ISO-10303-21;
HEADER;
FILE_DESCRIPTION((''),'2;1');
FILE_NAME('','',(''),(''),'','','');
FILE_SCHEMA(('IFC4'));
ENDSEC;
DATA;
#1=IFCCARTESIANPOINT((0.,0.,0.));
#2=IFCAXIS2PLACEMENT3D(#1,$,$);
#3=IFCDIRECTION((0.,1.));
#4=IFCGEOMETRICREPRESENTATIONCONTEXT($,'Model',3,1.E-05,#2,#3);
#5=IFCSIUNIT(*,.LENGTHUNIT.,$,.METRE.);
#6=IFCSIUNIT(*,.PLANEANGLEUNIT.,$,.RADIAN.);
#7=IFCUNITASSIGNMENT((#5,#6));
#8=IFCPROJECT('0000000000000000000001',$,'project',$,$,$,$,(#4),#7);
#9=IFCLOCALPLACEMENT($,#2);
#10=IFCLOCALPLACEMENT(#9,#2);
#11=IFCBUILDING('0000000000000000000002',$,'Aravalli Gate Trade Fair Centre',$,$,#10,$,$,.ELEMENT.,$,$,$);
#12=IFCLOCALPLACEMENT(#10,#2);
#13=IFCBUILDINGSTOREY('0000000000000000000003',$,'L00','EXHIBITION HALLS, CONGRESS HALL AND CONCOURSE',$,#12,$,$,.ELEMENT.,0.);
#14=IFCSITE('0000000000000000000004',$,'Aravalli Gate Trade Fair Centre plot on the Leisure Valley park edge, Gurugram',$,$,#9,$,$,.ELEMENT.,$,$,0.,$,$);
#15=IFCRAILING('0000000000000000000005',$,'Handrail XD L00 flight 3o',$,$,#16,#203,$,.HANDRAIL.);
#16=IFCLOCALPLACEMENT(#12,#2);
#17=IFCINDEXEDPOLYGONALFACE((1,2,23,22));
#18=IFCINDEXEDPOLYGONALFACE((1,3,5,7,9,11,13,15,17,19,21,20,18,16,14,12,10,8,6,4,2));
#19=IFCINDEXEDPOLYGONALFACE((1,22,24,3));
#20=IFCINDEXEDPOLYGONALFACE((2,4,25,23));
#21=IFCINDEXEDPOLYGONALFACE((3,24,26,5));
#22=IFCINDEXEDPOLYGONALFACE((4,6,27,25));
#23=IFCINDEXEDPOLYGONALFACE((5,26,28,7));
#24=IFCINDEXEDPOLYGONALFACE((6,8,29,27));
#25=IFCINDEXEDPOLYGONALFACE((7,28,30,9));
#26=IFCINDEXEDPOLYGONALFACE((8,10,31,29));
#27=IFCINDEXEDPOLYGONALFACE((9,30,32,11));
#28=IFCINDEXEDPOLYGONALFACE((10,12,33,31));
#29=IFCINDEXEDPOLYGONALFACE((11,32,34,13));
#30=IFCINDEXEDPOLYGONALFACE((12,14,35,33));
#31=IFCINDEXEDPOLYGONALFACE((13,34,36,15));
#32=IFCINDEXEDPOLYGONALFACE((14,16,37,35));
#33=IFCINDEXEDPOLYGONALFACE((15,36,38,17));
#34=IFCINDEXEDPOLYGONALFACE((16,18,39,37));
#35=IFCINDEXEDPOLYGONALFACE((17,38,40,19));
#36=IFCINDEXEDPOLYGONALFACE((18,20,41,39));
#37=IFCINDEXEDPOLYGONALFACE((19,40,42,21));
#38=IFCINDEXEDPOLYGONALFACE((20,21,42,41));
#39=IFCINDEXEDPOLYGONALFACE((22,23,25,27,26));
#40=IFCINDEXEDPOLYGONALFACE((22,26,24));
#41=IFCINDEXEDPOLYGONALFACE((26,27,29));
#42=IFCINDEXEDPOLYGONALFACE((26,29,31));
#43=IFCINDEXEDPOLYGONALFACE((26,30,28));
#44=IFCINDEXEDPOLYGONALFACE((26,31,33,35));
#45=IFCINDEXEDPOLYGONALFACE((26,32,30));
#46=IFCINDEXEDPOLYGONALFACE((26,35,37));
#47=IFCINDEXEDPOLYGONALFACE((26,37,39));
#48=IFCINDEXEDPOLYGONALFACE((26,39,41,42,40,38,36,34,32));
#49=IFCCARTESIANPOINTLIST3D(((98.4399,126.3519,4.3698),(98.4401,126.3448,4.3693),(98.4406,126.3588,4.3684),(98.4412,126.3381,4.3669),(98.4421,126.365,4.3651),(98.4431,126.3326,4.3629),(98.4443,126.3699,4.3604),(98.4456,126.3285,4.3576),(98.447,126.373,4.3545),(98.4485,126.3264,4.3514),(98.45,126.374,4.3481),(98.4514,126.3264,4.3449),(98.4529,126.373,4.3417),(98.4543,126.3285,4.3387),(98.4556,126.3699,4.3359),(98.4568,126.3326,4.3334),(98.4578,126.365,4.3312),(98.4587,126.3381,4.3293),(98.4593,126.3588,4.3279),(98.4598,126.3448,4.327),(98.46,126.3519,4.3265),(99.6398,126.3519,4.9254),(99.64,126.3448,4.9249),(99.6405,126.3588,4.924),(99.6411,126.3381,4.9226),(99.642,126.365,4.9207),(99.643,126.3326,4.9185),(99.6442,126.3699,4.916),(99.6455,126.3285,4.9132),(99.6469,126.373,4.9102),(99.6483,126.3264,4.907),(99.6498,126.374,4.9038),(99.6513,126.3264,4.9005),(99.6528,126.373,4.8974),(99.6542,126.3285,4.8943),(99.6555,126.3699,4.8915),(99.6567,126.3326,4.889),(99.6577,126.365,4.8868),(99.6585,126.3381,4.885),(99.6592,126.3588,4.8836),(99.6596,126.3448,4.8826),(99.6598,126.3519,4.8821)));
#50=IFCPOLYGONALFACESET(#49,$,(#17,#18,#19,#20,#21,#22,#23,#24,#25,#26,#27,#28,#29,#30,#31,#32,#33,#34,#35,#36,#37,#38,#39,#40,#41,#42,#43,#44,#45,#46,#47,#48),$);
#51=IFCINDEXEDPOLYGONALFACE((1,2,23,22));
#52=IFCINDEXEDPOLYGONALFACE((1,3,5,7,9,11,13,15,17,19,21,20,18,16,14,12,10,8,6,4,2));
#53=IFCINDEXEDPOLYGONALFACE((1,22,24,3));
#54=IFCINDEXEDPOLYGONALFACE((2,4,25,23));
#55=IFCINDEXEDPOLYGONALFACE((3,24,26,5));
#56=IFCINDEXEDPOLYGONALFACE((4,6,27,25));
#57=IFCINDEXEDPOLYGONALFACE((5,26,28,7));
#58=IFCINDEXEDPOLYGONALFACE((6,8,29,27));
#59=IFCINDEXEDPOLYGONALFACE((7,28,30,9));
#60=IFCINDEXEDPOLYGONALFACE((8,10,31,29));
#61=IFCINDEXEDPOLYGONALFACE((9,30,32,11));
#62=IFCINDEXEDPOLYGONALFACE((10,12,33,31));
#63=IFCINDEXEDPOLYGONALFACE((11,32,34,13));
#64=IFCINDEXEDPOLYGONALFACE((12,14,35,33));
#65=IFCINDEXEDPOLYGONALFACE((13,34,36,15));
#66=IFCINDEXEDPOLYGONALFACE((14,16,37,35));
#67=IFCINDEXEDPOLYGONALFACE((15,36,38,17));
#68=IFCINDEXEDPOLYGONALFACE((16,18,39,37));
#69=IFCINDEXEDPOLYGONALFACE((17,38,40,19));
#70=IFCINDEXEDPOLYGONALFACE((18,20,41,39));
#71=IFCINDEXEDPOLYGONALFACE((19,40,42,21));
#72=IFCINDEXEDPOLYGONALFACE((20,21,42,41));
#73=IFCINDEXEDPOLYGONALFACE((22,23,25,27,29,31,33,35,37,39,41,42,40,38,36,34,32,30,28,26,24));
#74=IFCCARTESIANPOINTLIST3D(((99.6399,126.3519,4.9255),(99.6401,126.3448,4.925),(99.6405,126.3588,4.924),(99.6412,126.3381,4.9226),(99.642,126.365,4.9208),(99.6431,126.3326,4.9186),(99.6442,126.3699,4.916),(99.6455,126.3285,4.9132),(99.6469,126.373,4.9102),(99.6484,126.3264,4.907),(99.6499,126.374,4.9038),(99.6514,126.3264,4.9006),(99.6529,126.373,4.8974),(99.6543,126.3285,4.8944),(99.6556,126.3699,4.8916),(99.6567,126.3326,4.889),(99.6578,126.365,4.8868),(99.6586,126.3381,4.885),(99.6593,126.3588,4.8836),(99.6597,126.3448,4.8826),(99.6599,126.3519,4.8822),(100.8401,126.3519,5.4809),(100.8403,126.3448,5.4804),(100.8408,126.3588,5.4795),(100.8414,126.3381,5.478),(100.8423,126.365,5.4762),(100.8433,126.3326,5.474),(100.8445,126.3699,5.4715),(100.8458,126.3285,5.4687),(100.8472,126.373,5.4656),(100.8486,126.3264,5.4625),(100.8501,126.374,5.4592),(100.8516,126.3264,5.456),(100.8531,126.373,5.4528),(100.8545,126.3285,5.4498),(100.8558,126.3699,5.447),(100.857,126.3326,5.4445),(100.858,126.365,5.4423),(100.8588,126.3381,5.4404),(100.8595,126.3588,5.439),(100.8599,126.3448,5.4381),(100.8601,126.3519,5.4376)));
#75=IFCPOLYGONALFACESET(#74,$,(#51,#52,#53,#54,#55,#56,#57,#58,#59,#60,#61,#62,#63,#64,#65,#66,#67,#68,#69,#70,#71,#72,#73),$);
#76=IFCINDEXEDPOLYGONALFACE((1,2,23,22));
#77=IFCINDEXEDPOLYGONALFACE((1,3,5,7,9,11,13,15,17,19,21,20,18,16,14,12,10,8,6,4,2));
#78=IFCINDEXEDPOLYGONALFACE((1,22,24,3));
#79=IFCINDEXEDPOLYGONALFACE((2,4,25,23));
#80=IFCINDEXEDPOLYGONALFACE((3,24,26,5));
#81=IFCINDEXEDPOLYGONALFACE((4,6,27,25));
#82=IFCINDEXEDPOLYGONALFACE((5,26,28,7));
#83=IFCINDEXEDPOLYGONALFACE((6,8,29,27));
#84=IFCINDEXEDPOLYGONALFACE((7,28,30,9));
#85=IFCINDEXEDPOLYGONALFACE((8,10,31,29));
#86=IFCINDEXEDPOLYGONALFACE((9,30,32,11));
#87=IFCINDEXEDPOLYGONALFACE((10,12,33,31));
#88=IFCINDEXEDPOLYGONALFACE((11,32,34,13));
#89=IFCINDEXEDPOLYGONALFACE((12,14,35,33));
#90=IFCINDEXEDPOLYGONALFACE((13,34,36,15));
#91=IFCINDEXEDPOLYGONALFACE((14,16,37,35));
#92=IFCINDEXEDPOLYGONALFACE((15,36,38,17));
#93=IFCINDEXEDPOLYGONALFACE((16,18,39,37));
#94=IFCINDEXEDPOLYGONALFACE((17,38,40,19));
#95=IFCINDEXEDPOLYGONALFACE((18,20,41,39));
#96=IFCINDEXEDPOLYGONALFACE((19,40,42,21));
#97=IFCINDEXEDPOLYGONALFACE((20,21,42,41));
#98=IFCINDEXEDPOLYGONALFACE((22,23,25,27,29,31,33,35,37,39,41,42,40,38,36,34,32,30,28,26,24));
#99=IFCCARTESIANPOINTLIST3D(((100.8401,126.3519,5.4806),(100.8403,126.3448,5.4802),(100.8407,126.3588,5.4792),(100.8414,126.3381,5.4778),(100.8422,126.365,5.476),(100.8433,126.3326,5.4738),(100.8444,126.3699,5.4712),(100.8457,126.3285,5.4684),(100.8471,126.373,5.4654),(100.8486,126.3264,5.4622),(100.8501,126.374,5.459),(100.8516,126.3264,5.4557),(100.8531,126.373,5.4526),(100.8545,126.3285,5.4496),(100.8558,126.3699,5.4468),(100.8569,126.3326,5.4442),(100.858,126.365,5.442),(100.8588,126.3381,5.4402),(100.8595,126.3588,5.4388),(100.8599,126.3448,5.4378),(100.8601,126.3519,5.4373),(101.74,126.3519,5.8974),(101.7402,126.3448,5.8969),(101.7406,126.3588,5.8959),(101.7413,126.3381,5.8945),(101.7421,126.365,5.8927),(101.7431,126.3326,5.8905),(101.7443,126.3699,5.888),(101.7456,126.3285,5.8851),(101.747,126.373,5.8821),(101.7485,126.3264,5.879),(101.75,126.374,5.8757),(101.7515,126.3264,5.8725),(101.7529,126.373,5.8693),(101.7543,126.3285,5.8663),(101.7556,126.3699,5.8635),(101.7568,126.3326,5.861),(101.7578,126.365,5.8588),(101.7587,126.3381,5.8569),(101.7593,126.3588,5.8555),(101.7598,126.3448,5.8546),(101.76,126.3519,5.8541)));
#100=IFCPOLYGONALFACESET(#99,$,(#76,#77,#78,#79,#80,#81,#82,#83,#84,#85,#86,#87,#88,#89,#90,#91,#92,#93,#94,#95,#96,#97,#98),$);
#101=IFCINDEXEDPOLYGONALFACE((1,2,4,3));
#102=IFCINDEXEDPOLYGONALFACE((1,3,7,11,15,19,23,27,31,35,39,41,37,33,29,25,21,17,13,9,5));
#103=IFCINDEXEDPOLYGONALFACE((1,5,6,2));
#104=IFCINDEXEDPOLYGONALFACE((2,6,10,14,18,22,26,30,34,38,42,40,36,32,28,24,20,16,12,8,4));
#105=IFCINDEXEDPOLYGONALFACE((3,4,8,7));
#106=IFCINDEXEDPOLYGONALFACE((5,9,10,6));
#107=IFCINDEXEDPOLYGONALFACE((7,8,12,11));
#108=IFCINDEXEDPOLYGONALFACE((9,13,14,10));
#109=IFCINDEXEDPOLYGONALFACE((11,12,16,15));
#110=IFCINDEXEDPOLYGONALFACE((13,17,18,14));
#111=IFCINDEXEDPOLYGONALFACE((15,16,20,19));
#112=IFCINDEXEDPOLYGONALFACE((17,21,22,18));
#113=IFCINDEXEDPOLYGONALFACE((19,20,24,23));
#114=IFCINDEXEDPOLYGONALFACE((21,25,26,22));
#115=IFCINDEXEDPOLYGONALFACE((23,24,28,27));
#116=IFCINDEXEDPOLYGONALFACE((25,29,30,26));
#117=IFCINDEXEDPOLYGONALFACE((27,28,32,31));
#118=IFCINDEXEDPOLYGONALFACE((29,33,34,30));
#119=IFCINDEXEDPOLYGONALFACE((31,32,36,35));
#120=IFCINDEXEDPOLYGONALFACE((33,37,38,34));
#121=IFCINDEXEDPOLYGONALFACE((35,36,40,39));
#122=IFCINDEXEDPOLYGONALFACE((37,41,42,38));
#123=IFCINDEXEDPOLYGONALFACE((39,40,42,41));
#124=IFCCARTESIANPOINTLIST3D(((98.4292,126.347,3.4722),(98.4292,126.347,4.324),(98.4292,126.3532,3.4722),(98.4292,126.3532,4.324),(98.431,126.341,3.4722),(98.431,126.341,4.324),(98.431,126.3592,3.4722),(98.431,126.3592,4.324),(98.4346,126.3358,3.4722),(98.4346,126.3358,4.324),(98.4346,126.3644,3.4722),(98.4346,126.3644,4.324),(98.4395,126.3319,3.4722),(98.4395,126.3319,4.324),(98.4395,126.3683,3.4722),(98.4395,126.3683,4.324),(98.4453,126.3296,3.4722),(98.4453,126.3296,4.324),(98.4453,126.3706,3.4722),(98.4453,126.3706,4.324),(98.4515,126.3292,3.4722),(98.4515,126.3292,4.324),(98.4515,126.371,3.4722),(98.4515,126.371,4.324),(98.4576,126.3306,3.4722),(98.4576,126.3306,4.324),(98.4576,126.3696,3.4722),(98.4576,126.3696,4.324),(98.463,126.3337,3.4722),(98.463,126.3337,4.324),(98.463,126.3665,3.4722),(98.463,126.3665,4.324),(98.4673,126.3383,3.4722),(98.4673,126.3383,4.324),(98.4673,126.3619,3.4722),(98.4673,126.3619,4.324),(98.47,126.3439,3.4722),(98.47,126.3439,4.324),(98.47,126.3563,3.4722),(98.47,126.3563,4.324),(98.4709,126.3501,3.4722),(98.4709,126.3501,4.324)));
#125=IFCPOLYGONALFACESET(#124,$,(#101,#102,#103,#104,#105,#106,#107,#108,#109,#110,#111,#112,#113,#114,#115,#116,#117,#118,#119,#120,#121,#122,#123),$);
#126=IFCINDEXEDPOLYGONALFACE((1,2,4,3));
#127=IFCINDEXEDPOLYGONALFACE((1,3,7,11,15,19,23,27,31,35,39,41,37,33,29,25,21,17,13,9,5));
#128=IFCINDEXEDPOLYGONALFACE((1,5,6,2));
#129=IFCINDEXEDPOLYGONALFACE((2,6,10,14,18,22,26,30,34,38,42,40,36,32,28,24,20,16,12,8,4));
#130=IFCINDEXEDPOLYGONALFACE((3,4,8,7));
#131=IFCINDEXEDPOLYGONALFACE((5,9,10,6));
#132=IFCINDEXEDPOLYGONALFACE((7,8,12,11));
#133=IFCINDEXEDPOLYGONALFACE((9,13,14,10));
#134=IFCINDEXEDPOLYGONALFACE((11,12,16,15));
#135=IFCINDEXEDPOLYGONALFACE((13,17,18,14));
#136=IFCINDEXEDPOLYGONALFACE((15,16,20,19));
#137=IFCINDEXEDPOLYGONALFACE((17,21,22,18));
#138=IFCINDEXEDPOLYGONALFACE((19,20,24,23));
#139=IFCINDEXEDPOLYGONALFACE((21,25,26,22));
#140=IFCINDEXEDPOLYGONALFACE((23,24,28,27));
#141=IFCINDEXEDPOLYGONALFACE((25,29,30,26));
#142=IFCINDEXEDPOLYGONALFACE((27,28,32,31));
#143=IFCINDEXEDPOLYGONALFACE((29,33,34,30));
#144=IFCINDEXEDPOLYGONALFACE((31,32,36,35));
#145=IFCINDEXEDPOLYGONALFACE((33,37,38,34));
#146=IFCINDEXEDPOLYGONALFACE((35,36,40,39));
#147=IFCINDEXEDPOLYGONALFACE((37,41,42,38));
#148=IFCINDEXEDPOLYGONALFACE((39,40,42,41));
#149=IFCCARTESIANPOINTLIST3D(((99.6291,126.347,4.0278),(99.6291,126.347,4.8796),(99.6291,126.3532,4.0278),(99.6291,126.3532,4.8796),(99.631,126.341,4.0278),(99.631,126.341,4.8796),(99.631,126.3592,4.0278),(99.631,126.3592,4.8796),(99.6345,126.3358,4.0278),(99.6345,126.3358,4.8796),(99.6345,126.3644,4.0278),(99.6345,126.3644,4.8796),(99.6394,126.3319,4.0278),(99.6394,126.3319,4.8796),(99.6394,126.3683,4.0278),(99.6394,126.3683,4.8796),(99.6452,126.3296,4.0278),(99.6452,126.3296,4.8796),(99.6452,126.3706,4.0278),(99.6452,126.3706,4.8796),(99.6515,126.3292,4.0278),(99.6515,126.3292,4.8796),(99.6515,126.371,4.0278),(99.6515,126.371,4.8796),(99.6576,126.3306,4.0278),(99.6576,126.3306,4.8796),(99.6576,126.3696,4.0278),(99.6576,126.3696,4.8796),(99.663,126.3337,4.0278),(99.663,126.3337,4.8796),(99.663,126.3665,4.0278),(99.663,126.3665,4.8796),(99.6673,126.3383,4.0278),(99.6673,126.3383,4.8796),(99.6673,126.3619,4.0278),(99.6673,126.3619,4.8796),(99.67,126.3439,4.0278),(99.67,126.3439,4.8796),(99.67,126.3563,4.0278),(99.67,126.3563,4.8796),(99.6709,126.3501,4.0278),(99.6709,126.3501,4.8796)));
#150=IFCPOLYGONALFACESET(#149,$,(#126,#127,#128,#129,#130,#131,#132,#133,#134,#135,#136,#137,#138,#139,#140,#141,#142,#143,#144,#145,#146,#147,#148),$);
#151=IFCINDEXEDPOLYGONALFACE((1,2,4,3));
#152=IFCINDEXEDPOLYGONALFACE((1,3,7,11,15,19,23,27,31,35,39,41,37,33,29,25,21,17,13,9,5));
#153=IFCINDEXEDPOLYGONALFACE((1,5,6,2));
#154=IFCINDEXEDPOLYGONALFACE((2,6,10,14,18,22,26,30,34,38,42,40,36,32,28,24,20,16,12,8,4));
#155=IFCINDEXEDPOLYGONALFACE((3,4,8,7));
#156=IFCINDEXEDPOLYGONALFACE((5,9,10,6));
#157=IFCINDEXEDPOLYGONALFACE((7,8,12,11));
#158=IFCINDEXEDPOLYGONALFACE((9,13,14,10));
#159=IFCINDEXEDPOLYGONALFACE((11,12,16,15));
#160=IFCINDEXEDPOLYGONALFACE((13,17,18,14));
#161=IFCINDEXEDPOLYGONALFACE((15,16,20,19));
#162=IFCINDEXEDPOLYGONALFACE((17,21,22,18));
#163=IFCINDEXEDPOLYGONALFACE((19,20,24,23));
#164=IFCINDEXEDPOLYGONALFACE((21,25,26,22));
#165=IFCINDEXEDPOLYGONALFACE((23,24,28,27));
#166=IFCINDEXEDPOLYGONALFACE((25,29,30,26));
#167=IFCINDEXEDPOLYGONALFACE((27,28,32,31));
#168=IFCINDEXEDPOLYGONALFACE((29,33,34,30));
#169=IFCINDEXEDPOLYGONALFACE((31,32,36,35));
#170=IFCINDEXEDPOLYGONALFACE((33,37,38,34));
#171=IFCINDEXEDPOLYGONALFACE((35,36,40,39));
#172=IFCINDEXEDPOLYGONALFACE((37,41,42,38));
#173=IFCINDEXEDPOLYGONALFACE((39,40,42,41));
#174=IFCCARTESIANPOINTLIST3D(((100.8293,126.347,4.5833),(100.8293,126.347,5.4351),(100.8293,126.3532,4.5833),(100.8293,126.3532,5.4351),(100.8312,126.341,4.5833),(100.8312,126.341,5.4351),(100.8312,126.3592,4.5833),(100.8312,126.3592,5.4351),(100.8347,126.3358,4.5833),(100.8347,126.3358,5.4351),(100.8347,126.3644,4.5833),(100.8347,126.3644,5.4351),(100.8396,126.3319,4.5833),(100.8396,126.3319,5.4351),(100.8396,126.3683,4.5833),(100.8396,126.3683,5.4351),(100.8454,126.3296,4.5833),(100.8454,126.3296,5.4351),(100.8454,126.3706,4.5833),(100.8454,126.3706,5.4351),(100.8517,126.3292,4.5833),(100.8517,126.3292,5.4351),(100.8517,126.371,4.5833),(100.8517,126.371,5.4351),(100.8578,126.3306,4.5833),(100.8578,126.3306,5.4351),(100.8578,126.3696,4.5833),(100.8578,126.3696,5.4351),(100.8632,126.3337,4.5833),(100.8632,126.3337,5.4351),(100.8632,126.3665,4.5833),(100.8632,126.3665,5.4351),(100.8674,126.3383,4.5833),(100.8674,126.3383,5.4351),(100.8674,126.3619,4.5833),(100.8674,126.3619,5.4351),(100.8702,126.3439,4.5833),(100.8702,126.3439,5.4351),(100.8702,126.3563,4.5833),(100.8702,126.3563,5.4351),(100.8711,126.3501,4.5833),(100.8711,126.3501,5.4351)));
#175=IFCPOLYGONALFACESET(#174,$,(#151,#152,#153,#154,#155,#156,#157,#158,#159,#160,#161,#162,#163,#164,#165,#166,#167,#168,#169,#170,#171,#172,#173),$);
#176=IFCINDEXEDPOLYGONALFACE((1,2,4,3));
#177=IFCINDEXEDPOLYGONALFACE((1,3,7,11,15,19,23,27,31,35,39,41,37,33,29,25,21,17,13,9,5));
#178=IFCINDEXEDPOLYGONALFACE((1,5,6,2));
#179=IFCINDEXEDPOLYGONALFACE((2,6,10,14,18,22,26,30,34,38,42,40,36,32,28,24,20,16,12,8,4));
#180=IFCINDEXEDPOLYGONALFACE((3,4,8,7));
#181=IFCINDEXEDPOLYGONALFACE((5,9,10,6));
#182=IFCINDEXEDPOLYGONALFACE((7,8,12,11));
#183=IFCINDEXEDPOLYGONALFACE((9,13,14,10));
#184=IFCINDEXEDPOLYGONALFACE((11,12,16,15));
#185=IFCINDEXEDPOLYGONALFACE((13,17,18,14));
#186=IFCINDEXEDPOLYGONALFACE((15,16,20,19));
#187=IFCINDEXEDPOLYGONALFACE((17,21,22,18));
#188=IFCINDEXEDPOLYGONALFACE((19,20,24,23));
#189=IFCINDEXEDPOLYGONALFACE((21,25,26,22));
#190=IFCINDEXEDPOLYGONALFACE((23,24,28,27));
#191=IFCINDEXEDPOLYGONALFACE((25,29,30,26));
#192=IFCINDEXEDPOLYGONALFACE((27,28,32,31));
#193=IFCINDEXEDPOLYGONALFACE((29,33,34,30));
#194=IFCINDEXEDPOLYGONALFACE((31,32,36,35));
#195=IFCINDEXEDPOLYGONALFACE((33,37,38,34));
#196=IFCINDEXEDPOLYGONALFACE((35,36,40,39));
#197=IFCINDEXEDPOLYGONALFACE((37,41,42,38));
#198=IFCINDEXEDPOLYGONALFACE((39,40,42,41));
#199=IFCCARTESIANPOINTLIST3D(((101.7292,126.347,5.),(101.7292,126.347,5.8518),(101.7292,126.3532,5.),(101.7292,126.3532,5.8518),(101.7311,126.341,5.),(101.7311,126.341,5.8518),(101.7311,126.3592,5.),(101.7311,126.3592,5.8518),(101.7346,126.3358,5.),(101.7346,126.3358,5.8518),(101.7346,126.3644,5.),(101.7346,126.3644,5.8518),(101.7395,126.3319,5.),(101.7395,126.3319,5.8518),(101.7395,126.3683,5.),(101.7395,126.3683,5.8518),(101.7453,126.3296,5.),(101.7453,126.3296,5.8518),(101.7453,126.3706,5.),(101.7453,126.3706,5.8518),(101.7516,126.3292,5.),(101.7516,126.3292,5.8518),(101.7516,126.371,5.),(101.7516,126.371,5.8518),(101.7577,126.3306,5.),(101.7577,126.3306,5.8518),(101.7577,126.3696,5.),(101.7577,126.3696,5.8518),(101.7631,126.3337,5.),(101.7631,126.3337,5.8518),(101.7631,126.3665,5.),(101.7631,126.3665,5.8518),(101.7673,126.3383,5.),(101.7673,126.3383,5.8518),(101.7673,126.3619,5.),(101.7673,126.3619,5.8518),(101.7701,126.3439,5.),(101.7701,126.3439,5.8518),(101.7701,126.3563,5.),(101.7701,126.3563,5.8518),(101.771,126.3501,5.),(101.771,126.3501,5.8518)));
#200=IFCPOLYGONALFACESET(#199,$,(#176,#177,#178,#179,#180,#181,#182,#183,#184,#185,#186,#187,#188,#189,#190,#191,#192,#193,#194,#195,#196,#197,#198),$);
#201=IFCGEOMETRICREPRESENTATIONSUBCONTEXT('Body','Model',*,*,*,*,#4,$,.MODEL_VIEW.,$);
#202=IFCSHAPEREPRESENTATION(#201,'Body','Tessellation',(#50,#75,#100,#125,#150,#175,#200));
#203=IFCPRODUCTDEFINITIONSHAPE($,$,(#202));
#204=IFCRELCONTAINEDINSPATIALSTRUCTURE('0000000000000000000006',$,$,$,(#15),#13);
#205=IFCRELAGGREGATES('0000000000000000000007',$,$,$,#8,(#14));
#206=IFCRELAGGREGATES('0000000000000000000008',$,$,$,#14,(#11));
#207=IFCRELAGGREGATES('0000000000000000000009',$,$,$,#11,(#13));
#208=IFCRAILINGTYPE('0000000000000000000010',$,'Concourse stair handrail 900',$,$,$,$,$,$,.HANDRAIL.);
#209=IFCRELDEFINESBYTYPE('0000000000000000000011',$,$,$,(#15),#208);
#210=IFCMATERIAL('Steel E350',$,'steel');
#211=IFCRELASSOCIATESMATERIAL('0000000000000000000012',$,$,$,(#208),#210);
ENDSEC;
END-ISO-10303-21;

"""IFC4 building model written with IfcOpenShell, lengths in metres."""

from ifc_helpers import new_model, si_unit, direction, frame, origin, origin_2d, place, context, subcontext, project, spatial, circle, extrude, material, type_object, element, save


model = new_model("IFC4")

# Units and contexts
model_context = context("Model", 3, precision=1e-05, world=origin(), true_north=direction((0.0, 1.0)))
body_context = subcontext(model_context, "Body", "Model", "MODEL_VIEW")
ifc_project = project(units=[si_unit("LENGTHUNIT", "METRE"), si_unit("PLANEANGLEUNIT", "RADIAN")], contexts=[model_context])

# Site, building, storey
site_placement = place(None, origin())
site = spatial("IfcSite", under=ifc_project, at=site_placement, Name="Aravalli Gate Trade Fair Centre plot on the Leisure Valley park edge, Gurugram", CompositionType="ELEMENT", RefElevation=0.0)
building_placement = place(site_placement, origin())
building = spatial("IfcBuilding", under=site, at=building_placement, Name="Aravalli Gate Trade Fair Centre", CompositionType="ELEMENT")
storey_placement = place(building_placement, origin())
storey = spatial("IfcBuildingStorey", under=building, at=storey_placement, Name="L00", Description="EXHIBITION HALLS, CONGRESS HALL AND CONCOURSE", CompositionType="ELEMENT", Elevation=0.0)

# Shared definitions
ifc_material_1 = material(Name="Steel E350", Category="steel")

# Railing
railing_type = type_object("IfcRailingType", Name="Concourse stair handrail 900", PredefinedType="HANDRAIL", material=ifc_material_1)
for number, where, name in (
    (1, (98.45, 126.3501, 3.4722), "Handrail XD L00 flight 3o"),
):
    element("IfcRailing", number, at=place(storey_placement, frame(where)), inside=storey, type_object=railing_type, Name=name, PredefinedType="HANDRAIL", context=body_context, shape_type="SweptSolid", body=[
        extrude(circle(Radius=0.0239, at=origin_2d()), frame((0.0, 0.0, 0.876), z_axis=(0.907429, 0.0, 0.420205), x_axis=(0.0, 1.0, 0.0)), (0.0, 0.0, 1.0), 1.3223),
        extrude(circle(Radius=0.0239, at=origin_2d()), frame((1.2, 0.0, 1.4316), z_axis=(0.907532, 0.0, 0.419983), x_axis=(0.0, 1.0, 0.0)), (0.0, 0.0, 1.0), 1.3225),
        extrude(circle(Radius=0.0239, at=origin_2d()), frame((2.4001, 0.0, 1.9868), z_axis=(0.907418, 0.0, 0.420229), x_axis=(0.0, 1.0, 0.0)), (0.0, 0.0, 1.0), 0.9917),
        extrude(circle(Radius=0.021, at=origin_2d()), origin(), (0.0, 0.0, 1.0), 0.8518),
        extrude(circle(Radius=0.021, at=origin_2d()), frame((1.2, 0.0, 0.5557)), (0.0, 0.0, 1.0), 0.8518),
        extrude(circle(Radius=0.021, at=origin_2d()), frame((2.4001, 0.0, 1.1111)), (0.0, 0.0, 1.0), 0.8518),
        extrude(circle(Radius=0.021, at=origin_2d()), frame((3.3, 0.0, 1.5278)), (0.0, 0.0, 1.0), 0.8518),
    ])

save(model, "model.ifc")
